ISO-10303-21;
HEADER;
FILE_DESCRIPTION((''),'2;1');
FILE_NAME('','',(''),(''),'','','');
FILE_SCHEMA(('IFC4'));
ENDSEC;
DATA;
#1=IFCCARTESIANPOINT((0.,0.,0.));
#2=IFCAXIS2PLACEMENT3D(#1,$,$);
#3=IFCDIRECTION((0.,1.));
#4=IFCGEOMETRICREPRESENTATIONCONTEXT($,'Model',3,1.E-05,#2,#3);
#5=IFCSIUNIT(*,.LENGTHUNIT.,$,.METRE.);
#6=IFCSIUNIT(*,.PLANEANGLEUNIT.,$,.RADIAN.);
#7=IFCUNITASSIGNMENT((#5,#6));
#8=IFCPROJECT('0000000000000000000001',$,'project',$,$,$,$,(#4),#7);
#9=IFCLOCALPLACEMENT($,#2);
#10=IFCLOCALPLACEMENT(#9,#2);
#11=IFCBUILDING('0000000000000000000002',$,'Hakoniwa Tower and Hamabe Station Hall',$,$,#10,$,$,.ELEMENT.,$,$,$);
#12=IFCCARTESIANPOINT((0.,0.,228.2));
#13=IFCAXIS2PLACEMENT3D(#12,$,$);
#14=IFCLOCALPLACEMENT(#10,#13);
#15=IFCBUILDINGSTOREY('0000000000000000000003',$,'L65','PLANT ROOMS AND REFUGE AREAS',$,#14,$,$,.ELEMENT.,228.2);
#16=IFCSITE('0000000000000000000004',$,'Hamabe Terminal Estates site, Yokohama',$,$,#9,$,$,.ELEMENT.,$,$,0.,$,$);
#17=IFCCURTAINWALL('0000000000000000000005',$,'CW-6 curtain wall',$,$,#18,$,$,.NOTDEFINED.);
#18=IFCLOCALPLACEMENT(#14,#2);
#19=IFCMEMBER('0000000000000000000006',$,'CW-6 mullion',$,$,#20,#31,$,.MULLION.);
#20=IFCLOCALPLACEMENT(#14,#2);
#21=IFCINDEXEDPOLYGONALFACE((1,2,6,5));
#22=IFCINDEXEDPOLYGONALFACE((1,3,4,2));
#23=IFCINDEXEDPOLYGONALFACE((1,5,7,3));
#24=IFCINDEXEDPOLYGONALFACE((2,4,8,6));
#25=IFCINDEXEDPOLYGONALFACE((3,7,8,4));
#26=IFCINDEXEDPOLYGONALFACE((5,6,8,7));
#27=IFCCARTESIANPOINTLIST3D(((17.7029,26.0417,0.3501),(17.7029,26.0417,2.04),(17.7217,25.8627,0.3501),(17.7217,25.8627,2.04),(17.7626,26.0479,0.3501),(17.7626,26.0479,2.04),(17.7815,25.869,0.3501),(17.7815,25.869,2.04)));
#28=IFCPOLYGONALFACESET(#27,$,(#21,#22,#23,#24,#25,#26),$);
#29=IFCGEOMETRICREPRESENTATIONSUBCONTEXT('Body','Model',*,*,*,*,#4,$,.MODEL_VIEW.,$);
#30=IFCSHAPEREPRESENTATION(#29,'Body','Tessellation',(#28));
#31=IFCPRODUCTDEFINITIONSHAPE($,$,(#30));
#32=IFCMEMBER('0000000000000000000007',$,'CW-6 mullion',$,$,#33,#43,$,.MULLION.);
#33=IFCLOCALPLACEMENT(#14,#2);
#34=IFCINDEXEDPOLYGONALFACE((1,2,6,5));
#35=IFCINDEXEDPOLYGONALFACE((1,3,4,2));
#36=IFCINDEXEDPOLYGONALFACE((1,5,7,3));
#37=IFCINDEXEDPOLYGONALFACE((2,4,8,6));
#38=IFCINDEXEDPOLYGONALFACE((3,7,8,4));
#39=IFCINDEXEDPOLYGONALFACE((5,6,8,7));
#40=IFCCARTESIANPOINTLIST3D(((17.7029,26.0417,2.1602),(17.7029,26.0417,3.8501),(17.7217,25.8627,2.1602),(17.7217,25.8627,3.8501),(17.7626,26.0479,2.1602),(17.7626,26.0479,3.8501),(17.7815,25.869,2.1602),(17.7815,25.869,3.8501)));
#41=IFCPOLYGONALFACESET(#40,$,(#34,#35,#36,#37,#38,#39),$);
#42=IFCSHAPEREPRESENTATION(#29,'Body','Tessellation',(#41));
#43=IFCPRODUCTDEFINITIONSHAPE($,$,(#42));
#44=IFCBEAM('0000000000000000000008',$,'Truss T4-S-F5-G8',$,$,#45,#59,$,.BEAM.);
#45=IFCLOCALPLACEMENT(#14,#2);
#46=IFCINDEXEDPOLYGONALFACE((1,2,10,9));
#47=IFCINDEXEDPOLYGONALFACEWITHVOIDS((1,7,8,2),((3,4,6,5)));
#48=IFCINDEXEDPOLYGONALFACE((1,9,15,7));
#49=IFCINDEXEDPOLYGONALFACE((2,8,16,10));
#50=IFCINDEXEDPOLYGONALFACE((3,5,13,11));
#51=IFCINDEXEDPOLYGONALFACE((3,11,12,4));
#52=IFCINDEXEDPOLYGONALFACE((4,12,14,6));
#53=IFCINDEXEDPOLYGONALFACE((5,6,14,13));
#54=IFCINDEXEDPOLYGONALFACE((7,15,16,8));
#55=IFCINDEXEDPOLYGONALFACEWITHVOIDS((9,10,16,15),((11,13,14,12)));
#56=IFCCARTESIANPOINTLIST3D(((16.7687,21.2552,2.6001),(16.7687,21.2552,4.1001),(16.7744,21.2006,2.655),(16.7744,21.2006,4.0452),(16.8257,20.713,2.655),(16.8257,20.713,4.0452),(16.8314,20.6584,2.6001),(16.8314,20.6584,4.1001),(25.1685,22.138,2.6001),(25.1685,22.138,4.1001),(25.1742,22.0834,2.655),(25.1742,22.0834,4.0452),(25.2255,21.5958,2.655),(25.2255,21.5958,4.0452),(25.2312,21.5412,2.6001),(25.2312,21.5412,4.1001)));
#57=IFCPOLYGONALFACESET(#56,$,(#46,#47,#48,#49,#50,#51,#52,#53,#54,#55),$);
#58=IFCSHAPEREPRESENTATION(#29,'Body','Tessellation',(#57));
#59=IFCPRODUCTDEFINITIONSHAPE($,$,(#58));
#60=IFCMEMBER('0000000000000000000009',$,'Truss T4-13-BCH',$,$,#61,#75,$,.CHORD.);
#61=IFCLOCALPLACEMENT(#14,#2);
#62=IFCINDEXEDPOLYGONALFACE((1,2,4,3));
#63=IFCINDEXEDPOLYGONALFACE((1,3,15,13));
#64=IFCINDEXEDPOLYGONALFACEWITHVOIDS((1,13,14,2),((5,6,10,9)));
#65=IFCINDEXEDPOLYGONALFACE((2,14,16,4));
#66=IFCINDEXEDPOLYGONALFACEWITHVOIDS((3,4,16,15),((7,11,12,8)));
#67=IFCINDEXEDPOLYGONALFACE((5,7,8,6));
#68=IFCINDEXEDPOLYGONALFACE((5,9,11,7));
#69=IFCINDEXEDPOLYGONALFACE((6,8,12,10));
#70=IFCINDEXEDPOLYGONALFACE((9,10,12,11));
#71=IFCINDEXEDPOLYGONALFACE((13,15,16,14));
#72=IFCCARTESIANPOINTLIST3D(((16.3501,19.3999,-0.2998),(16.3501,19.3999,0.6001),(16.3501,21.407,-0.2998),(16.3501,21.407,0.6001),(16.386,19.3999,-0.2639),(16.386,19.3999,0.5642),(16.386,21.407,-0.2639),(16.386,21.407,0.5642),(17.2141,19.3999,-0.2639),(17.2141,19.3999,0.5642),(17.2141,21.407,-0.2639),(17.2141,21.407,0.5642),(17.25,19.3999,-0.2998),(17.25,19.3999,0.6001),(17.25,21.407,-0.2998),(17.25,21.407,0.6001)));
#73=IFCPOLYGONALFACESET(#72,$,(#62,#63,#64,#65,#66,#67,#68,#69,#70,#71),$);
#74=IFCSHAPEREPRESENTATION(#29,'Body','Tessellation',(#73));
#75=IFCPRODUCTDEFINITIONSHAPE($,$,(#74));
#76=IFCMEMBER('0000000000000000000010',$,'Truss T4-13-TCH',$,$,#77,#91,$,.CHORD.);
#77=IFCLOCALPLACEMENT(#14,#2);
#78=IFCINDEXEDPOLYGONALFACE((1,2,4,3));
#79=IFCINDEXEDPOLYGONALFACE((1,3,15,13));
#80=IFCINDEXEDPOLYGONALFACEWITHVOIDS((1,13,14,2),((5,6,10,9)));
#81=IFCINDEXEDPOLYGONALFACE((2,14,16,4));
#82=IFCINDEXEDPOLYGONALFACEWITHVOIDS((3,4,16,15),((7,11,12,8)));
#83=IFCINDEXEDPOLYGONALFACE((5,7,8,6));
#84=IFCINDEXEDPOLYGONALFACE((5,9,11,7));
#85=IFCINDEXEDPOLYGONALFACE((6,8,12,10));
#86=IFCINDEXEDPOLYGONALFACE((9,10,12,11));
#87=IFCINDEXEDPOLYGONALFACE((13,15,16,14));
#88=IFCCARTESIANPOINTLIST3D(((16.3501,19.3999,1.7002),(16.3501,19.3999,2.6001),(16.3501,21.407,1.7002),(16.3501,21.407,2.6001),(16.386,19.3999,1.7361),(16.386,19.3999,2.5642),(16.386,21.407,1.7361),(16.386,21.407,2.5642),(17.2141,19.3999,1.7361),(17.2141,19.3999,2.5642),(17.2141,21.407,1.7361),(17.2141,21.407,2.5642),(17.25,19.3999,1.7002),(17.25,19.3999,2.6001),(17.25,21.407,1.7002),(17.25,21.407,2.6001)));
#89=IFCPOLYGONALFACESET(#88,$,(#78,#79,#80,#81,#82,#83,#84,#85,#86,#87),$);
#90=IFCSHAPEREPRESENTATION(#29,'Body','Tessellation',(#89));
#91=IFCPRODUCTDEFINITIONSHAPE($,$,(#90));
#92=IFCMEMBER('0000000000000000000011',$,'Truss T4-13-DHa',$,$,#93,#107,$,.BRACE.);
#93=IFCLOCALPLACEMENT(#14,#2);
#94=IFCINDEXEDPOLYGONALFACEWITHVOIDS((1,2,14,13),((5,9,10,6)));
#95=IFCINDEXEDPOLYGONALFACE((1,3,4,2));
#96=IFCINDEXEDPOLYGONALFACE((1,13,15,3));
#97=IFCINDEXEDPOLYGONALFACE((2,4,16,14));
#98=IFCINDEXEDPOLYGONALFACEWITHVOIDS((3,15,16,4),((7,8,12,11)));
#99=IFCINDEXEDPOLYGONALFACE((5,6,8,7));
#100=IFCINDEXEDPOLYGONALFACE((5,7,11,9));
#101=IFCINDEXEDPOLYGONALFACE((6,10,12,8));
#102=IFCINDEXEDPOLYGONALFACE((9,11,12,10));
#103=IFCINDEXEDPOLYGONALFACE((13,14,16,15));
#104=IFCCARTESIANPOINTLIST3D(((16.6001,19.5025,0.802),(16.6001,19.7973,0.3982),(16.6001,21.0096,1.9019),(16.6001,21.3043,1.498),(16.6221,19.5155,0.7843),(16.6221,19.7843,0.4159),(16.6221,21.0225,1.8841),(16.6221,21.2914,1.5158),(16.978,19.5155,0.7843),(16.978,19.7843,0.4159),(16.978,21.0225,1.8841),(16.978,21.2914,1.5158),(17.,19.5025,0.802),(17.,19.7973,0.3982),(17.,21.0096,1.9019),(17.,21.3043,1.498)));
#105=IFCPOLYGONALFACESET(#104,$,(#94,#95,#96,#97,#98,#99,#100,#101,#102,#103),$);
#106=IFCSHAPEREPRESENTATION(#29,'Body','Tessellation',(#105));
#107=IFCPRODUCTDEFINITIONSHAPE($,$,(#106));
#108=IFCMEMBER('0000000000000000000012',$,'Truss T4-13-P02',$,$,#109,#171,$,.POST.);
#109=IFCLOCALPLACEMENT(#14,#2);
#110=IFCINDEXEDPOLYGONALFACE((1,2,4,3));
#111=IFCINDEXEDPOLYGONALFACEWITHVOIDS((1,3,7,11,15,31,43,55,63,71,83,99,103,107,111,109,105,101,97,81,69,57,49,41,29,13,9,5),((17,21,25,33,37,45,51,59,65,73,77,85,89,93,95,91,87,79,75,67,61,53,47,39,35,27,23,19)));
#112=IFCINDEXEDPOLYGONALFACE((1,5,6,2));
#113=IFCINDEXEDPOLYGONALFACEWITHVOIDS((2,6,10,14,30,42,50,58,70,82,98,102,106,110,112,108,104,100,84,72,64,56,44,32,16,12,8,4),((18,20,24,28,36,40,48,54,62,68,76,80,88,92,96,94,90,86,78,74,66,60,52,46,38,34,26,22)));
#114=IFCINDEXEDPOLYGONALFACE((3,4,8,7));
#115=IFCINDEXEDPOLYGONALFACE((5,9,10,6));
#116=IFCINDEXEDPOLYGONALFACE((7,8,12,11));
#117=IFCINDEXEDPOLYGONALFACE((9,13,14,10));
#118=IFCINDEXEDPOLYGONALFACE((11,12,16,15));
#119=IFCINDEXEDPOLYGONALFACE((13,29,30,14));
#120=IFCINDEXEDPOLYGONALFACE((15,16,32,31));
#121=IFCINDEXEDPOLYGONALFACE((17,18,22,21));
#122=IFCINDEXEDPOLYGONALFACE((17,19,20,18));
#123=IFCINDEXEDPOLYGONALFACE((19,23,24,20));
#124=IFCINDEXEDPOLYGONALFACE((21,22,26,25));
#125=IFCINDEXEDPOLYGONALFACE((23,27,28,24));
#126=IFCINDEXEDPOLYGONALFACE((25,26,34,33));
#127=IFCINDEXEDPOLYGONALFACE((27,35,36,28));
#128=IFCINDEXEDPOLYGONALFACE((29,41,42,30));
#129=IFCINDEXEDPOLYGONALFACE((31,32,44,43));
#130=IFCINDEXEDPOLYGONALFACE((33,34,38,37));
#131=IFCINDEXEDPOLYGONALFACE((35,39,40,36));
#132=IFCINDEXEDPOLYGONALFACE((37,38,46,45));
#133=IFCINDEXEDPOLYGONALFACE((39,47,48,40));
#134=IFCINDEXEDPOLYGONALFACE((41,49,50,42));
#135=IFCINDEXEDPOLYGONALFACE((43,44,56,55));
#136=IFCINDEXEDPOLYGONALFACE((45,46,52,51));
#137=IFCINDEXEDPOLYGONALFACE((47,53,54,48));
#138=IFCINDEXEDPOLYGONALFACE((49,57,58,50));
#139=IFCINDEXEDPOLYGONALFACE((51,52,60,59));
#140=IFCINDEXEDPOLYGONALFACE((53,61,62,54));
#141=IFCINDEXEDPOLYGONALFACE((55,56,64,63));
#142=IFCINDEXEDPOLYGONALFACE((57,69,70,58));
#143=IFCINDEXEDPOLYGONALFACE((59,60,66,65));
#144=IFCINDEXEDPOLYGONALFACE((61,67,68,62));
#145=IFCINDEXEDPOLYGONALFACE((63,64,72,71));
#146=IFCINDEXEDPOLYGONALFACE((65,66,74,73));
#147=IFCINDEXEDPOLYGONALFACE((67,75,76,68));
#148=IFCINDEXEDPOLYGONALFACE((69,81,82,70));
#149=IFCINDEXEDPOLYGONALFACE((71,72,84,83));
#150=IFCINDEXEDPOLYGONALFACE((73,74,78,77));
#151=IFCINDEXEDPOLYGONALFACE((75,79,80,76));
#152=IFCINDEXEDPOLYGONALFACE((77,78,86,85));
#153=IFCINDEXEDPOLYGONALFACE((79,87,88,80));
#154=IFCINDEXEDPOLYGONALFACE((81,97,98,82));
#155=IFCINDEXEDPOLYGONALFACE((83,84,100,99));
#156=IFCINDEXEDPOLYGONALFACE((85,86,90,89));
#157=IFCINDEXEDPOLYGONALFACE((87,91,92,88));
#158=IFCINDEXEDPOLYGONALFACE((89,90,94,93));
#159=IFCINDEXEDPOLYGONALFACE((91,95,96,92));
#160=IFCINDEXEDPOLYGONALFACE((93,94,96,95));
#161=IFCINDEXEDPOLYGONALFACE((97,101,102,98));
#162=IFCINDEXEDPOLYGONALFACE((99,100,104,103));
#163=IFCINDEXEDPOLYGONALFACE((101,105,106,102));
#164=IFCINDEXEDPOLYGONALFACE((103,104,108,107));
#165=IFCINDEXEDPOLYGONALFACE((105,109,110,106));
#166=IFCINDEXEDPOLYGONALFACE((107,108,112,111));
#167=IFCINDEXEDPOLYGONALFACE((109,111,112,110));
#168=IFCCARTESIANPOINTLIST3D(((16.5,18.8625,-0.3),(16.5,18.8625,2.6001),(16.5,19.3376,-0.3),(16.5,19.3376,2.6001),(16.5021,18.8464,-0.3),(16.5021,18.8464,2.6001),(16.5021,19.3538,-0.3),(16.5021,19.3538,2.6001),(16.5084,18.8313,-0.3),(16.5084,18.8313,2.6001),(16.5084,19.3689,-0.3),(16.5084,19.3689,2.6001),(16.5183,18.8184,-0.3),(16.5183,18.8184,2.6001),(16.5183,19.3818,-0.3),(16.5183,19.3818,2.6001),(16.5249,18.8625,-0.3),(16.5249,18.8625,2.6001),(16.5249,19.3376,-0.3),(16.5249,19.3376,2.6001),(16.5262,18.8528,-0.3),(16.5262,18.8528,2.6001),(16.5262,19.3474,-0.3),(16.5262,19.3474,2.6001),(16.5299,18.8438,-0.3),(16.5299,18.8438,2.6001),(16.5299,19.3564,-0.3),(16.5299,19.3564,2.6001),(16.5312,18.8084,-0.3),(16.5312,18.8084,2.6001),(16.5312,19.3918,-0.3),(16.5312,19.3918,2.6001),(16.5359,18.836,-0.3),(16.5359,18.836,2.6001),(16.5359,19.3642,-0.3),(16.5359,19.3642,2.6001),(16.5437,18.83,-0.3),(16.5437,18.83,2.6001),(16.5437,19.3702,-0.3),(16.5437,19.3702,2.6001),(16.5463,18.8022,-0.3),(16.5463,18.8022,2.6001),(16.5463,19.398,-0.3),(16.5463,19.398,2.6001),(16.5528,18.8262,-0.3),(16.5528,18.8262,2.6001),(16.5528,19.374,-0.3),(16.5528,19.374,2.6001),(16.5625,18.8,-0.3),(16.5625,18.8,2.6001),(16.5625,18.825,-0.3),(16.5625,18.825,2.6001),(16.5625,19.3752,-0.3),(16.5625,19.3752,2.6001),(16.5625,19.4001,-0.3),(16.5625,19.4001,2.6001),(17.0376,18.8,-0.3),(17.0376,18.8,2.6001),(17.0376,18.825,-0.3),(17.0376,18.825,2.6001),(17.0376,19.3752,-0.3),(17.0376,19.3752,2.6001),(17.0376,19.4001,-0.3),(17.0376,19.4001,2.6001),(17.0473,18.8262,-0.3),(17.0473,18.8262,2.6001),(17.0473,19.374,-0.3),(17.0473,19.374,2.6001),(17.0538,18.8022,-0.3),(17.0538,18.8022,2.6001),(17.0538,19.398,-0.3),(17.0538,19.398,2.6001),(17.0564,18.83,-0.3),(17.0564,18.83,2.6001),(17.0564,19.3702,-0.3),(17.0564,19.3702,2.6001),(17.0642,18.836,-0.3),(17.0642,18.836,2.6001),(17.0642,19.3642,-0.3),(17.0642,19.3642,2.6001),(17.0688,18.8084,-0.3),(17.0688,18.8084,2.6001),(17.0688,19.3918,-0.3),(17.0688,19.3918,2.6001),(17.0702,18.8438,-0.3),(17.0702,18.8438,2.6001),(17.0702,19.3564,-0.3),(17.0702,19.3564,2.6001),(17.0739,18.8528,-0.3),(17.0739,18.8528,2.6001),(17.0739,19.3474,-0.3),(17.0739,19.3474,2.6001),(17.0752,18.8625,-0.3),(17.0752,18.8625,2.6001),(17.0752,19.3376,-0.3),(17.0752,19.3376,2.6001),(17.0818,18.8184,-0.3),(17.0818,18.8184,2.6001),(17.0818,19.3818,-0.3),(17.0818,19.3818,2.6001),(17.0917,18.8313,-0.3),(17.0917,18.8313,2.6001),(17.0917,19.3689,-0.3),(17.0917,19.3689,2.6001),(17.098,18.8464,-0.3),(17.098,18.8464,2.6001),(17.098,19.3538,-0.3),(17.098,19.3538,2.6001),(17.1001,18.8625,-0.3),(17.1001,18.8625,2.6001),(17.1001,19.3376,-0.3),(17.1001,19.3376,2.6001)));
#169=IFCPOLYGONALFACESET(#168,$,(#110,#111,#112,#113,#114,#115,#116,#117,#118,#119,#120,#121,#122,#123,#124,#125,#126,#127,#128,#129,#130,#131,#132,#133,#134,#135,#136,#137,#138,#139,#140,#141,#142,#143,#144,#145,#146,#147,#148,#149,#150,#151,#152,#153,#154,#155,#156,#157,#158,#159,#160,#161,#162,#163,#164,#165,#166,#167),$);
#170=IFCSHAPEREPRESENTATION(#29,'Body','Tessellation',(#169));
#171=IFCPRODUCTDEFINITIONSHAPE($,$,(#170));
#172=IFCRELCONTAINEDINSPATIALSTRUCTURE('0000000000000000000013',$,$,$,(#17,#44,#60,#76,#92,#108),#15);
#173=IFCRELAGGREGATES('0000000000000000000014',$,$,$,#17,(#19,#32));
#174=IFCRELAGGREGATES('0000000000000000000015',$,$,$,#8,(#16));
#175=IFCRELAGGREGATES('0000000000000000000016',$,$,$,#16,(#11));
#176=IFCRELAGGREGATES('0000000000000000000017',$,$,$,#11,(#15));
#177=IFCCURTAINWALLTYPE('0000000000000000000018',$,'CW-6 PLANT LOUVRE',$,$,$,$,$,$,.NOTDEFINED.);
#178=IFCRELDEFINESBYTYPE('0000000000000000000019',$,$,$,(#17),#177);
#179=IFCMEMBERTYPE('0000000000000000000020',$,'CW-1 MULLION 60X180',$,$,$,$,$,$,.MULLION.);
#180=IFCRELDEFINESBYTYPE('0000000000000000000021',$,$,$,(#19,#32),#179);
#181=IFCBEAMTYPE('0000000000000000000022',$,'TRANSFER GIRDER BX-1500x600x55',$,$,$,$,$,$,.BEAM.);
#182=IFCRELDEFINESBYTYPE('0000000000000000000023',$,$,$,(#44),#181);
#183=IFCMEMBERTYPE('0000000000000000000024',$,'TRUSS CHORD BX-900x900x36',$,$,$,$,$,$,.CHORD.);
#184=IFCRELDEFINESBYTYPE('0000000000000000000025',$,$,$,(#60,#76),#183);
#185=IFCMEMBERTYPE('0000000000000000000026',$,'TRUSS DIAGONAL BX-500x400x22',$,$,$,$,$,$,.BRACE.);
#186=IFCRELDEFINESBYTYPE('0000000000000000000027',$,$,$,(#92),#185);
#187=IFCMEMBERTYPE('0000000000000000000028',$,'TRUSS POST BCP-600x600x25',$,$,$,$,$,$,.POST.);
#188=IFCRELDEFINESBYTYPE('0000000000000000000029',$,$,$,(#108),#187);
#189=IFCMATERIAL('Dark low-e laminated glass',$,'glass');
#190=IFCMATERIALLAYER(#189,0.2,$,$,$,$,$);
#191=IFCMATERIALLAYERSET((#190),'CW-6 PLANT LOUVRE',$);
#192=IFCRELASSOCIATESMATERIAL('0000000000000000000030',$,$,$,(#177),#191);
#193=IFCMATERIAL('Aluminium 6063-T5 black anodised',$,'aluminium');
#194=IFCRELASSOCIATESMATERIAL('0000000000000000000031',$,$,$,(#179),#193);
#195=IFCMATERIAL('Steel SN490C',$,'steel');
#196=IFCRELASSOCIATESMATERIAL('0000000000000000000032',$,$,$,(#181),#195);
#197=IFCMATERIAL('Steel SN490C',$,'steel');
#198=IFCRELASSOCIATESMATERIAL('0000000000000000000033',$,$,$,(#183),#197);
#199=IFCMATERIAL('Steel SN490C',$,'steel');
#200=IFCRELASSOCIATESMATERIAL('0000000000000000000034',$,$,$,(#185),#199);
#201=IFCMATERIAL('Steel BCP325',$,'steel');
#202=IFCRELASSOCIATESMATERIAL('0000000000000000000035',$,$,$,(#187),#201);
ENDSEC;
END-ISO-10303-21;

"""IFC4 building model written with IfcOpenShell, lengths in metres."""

from ifc_helpers import new_model, si_unit, direction, frame, origin, origin_2d, place, context, subcontext, project, spatial, rectangle, hollow_rectangle, extrude, material, layer, layer_set, material_profile, profile_set, type_object, element, aggregate, save


model = new_model("IFC4")

# Units and contexts
model_context = context("Model", 3, precision=1e-05, world=origin(), true_north=direction((0.0, 1.0)))
body_context = subcontext(model_context, "Body", "Model", "MODEL_VIEW")
ifc_project = project(units=[si_unit("LENGTHUNIT", "METRE"), si_unit("PLANEANGLEUNIT", "RADIAN")], contexts=[model_context])

# Site, building, storey
site_placement = place(None, origin())
site = spatial("IfcSite", under=ifc_project, at=site_placement, Name="Hamabe Terminal Estates site, Yokohama", CompositionType="ELEMENT", RefElevation=0.0)
building_placement = place(site_placement, origin())
building = spatial("IfcBuilding", under=site, at=building_placement, Name="Hakoniwa Tower and Hamabe Station Hall", CompositionType="ELEMENT")
storey_placement = place(building_placement, frame((0.0, 0.0, 228.2)))
storey = spatial("IfcBuildingStorey", under=building, at=storey_placement, Name="L65", Description="PLANT ROOMS AND REFUGE AREAS", CompositionType="ELEMENT", Elevation=228.2)

# Curtain wall, members
ifc_material_1 = material(Name="Dark low-e laminated glass", Category="glass")
ifc_layer_1 = layer(ifc_material_1, 0.2)
ifc_layer_set_1 = layer_set([ifc_layer_1], Name="CW-6 PLANT LOUVRE")
curtain_wall_type = type_object("IfcCurtainWallType", Name="CW-6 PLANT LOUVRE", PredefinedType="NOTDEFINED", material=ifc_layer_set_1)
curtain_wall_placement = place(storey_placement, origin())
curtain_wall = element("IfcCurtainWall", 1, at=curtain_wall_placement, inside=storey, type_object=curtain_wall_type, Name="CW-6 curtain wall", PredefinedType="NOTDEFINED")
ifc_material_2 = material(Name="Aluminium 6063-T5 black anodised", Category="aluminium")
ifc_material_profile_1 = material_profile(ifc_material_2, rectangle(XDim=0.0601, YDim=0.1799, at=origin_2d()), Name="CW-1 MULLION 60X180")
ifc_profile_set_1 = profile_set([ifc_material_profile_1], Name="Aluminium 6063-T5 black anodised")
member_type_1 = type_object("IfcMemberType", Name="CW-1 MULLION 60X180", PredefinedType="MULLION", material=ifc_profile_set_1)
member_1_placement = place(storey_placement, frame((17.7422, 25.9553, 0.3501), z_axis=(0.0, 0.0, 1.0), x_axis=(-0.994522, -0.104528, 0.0)))
member_1 = element("IfcMember", 2, at=member_1_placement, type_object=member_type_1, Name="CW-6 mullion", PredefinedType="MULLION", context=body_context, shape_type="SweptSolid", body=[
    extrude(rectangle(XDim=0.0601, YDim=0.1799, at=origin_2d()), origin(), (0.0, 0.0, 1.0), 1.6899),
])
member_2_placement = place(storey_placement, frame((17.7422, 25.9553, 2.1602), z_axis=(0.0, 0.0, 1.0), x_axis=(-0.994522, -0.104528, 0.0)))
member_2 = element("IfcMember", 3, at=member_2_placement, type_object=member_type_1, Name="CW-6 mullion", PredefinedType="MULLION", context=body_context, shape_type="SweptSolid", body=[
    extrude(rectangle(XDim=0.0601, YDim=0.1799, at=origin_2d()), origin(), (0.0, 0.0, 1.0), 1.6899),
])

# Beam
ifc_material_3 = material(Name="Steel SN490C", Category="steel")
ifc_material_profile_2 = material_profile(ifc_material_3, hollow_rectangle(XDim=0.6001, YDim=1.5, WallThickness=0.0549, at=origin_2d()), Name="BX-1500x600x55")
ifc_profile_set_2 = profile_set([ifc_material_profile_2], Name="Steel SN490C")
beam_type = type_object("IfcBeamType", Name="TRANSFER GIRDER BX-1500x600x55", PredefinedType="BEAM", material=ifc_profile_set_2)
beam_placement = place(storey_placement, frame((16.8, 20.9568, 3.3501), z_axis=(0.994523, 0.104522, 0.0), x_axis=(-0.104522, 0.994523, 0.0)))
element("IfcBeam", 4, at=beam_placement, inside=storey, type_object=beam_type, Name="Truss T4-S-F5-G8", PredefinedType="BEAM", context=body_context, shape_type="SweptSolid", body=[
    extrude(hollow_rectangle(XDim=0.6001, YDim=1.5, WallThickness=0.0549, at=origin_2d()), origin(), (0.0, 0.0, 1.0), 8.446),
])

# Members
ifc_material_4 = material(Name="Steel SN490C", Category="steel")
ifc_material_profile_3 = material_profile(ifc_material_4, hollow_rectangle(XDim=0.8999, YDim=0.8999, WallThickness=0.0359, at=origin_2d()), Name="BX-900x900x36")
ifc_profile_set_3 = profile_set([ifc_material_profile_3], Name="Steel SN490C")
member_type_2 = type_object("IfcMemberType", Name="TRUSS CHORD BX-900x900x36", PredefinedType="CHORD", material=ifc_profile_set_3)
for number, where, z_axis, x_axis, name in (
    (5, (16.8, 19.3999, 0.1501), (0.0, 1.0, 0.0), (-1.0, 0.0, 0.0), "Truss T4-13-BCH"),
    (6, (16.8, 19.3999, 2.1501), (0.0, 1.0, 0.0), (-1.0, 0.0, 0.0), "Truss T4-13-TCH"),
):
    element("IfcMember", number, at=place(storey_placement, frame(where, z_axis=z_axis, x_axis=x_axis)), inside=storey, type_object=member_type_2, Name=name, PredefinedType="CHORD", context=body_context, shape_type="SweptSolid", body=[
        extrude(hollow_rectangle(XDim=0.8999, YDim=0.8999, WallThickness=0.0359, at=origin_2d()), origin(), (0.0, 0.0, 1.0), 2.0071),
    ])
ifc_material_5 = material(Name="Steel SN490C", Category="steel")
ifc_material_profile_4 = material_profile(ifc_material_5, hollow_rectangle(XDim=0.3999, YDim=0.5, WallThickness=0.022, at=origin_2d()), Name="BX-500x400x22")
ifc_profile_set_4 = profile_set([ifc_material_profile_4], Name="Steel SN490C")
member_type_3 = type_object("IfcMemberType", Name="TRUSS DIAGONAL BX-500x400x22", PredefinedType="BRACE", material=ifc_profile_set_4)
member_3_placement = place(storey_placement, frame((16.8, 19.6499, 0.6001), z_axis=(0.0, 0.807767, 0.589501), x_axis=(-1.0, 0.0, 0.0)))
element("IfcMember", 7, at=member_3_placement, inside=storey, type_object=member_type_3, Name="Truss T4-13-DHa", PredefinedType="BRACE", context=body_context, shape_type="SweptSolid", body=[
    extrude(hollow_rectangle(XDim=0.3999, YDim=0.5, WallThickness=0.022, at=origin_2d()), origin(), (0.0, 0.0, 1.0), 1.8657),
])
ifc_material_6 = material(Name="Steel BCP325", Category="steel")
ifc_material_profile_5 = material_profile(ifc_material_6, hollow_rectangle(XDim=0.6001, YDim=0.6001, WallThickness=0.0249, InnerFilletRadius=0.0376, OuterFilletRadius=0.0625, at=origin_2d()), Name="BCP-600x600x25")
ifc_profile_set_5 = profile_set([ifc_material_profile_5], Name="Steel BCP325")
member_type_4 = type_object("IfcMemberType", Name="TRUSS POST BCP-600x600x25", PredefinedType="POST", material=ifc_profile_set_5)
for number, where, z_axis, x_axis, name in (
    (8, (16.8, 19.1001, -0.3), (0.0, 0.0, 1.0), (1.0, 0.0, 0.0), "Truss T4-13-P02"),
):
    element("IfcMember", number, at=place(storey_placement, frame(where, z_axis=z_axis, x_axis=x_axis)), inside=storey, type_object=member_type_4, Name=name, PredefinedType="POST", context=body_context, shape_type="SweptSolid", body=[
        extrude(hollow_rectangle(XDim=0.6001, YDim=0.6001, WallThickness=0.0249, InnerFilletRadius=0.0376, OuterFilletRadius=0.0625, at=origin_2d()), origin(), (0.0, 0.0, 1.0), 2.9001),
    ])

aggregate(curtain_wall, [member_1, member_2])

save(model, "model.ifc")
